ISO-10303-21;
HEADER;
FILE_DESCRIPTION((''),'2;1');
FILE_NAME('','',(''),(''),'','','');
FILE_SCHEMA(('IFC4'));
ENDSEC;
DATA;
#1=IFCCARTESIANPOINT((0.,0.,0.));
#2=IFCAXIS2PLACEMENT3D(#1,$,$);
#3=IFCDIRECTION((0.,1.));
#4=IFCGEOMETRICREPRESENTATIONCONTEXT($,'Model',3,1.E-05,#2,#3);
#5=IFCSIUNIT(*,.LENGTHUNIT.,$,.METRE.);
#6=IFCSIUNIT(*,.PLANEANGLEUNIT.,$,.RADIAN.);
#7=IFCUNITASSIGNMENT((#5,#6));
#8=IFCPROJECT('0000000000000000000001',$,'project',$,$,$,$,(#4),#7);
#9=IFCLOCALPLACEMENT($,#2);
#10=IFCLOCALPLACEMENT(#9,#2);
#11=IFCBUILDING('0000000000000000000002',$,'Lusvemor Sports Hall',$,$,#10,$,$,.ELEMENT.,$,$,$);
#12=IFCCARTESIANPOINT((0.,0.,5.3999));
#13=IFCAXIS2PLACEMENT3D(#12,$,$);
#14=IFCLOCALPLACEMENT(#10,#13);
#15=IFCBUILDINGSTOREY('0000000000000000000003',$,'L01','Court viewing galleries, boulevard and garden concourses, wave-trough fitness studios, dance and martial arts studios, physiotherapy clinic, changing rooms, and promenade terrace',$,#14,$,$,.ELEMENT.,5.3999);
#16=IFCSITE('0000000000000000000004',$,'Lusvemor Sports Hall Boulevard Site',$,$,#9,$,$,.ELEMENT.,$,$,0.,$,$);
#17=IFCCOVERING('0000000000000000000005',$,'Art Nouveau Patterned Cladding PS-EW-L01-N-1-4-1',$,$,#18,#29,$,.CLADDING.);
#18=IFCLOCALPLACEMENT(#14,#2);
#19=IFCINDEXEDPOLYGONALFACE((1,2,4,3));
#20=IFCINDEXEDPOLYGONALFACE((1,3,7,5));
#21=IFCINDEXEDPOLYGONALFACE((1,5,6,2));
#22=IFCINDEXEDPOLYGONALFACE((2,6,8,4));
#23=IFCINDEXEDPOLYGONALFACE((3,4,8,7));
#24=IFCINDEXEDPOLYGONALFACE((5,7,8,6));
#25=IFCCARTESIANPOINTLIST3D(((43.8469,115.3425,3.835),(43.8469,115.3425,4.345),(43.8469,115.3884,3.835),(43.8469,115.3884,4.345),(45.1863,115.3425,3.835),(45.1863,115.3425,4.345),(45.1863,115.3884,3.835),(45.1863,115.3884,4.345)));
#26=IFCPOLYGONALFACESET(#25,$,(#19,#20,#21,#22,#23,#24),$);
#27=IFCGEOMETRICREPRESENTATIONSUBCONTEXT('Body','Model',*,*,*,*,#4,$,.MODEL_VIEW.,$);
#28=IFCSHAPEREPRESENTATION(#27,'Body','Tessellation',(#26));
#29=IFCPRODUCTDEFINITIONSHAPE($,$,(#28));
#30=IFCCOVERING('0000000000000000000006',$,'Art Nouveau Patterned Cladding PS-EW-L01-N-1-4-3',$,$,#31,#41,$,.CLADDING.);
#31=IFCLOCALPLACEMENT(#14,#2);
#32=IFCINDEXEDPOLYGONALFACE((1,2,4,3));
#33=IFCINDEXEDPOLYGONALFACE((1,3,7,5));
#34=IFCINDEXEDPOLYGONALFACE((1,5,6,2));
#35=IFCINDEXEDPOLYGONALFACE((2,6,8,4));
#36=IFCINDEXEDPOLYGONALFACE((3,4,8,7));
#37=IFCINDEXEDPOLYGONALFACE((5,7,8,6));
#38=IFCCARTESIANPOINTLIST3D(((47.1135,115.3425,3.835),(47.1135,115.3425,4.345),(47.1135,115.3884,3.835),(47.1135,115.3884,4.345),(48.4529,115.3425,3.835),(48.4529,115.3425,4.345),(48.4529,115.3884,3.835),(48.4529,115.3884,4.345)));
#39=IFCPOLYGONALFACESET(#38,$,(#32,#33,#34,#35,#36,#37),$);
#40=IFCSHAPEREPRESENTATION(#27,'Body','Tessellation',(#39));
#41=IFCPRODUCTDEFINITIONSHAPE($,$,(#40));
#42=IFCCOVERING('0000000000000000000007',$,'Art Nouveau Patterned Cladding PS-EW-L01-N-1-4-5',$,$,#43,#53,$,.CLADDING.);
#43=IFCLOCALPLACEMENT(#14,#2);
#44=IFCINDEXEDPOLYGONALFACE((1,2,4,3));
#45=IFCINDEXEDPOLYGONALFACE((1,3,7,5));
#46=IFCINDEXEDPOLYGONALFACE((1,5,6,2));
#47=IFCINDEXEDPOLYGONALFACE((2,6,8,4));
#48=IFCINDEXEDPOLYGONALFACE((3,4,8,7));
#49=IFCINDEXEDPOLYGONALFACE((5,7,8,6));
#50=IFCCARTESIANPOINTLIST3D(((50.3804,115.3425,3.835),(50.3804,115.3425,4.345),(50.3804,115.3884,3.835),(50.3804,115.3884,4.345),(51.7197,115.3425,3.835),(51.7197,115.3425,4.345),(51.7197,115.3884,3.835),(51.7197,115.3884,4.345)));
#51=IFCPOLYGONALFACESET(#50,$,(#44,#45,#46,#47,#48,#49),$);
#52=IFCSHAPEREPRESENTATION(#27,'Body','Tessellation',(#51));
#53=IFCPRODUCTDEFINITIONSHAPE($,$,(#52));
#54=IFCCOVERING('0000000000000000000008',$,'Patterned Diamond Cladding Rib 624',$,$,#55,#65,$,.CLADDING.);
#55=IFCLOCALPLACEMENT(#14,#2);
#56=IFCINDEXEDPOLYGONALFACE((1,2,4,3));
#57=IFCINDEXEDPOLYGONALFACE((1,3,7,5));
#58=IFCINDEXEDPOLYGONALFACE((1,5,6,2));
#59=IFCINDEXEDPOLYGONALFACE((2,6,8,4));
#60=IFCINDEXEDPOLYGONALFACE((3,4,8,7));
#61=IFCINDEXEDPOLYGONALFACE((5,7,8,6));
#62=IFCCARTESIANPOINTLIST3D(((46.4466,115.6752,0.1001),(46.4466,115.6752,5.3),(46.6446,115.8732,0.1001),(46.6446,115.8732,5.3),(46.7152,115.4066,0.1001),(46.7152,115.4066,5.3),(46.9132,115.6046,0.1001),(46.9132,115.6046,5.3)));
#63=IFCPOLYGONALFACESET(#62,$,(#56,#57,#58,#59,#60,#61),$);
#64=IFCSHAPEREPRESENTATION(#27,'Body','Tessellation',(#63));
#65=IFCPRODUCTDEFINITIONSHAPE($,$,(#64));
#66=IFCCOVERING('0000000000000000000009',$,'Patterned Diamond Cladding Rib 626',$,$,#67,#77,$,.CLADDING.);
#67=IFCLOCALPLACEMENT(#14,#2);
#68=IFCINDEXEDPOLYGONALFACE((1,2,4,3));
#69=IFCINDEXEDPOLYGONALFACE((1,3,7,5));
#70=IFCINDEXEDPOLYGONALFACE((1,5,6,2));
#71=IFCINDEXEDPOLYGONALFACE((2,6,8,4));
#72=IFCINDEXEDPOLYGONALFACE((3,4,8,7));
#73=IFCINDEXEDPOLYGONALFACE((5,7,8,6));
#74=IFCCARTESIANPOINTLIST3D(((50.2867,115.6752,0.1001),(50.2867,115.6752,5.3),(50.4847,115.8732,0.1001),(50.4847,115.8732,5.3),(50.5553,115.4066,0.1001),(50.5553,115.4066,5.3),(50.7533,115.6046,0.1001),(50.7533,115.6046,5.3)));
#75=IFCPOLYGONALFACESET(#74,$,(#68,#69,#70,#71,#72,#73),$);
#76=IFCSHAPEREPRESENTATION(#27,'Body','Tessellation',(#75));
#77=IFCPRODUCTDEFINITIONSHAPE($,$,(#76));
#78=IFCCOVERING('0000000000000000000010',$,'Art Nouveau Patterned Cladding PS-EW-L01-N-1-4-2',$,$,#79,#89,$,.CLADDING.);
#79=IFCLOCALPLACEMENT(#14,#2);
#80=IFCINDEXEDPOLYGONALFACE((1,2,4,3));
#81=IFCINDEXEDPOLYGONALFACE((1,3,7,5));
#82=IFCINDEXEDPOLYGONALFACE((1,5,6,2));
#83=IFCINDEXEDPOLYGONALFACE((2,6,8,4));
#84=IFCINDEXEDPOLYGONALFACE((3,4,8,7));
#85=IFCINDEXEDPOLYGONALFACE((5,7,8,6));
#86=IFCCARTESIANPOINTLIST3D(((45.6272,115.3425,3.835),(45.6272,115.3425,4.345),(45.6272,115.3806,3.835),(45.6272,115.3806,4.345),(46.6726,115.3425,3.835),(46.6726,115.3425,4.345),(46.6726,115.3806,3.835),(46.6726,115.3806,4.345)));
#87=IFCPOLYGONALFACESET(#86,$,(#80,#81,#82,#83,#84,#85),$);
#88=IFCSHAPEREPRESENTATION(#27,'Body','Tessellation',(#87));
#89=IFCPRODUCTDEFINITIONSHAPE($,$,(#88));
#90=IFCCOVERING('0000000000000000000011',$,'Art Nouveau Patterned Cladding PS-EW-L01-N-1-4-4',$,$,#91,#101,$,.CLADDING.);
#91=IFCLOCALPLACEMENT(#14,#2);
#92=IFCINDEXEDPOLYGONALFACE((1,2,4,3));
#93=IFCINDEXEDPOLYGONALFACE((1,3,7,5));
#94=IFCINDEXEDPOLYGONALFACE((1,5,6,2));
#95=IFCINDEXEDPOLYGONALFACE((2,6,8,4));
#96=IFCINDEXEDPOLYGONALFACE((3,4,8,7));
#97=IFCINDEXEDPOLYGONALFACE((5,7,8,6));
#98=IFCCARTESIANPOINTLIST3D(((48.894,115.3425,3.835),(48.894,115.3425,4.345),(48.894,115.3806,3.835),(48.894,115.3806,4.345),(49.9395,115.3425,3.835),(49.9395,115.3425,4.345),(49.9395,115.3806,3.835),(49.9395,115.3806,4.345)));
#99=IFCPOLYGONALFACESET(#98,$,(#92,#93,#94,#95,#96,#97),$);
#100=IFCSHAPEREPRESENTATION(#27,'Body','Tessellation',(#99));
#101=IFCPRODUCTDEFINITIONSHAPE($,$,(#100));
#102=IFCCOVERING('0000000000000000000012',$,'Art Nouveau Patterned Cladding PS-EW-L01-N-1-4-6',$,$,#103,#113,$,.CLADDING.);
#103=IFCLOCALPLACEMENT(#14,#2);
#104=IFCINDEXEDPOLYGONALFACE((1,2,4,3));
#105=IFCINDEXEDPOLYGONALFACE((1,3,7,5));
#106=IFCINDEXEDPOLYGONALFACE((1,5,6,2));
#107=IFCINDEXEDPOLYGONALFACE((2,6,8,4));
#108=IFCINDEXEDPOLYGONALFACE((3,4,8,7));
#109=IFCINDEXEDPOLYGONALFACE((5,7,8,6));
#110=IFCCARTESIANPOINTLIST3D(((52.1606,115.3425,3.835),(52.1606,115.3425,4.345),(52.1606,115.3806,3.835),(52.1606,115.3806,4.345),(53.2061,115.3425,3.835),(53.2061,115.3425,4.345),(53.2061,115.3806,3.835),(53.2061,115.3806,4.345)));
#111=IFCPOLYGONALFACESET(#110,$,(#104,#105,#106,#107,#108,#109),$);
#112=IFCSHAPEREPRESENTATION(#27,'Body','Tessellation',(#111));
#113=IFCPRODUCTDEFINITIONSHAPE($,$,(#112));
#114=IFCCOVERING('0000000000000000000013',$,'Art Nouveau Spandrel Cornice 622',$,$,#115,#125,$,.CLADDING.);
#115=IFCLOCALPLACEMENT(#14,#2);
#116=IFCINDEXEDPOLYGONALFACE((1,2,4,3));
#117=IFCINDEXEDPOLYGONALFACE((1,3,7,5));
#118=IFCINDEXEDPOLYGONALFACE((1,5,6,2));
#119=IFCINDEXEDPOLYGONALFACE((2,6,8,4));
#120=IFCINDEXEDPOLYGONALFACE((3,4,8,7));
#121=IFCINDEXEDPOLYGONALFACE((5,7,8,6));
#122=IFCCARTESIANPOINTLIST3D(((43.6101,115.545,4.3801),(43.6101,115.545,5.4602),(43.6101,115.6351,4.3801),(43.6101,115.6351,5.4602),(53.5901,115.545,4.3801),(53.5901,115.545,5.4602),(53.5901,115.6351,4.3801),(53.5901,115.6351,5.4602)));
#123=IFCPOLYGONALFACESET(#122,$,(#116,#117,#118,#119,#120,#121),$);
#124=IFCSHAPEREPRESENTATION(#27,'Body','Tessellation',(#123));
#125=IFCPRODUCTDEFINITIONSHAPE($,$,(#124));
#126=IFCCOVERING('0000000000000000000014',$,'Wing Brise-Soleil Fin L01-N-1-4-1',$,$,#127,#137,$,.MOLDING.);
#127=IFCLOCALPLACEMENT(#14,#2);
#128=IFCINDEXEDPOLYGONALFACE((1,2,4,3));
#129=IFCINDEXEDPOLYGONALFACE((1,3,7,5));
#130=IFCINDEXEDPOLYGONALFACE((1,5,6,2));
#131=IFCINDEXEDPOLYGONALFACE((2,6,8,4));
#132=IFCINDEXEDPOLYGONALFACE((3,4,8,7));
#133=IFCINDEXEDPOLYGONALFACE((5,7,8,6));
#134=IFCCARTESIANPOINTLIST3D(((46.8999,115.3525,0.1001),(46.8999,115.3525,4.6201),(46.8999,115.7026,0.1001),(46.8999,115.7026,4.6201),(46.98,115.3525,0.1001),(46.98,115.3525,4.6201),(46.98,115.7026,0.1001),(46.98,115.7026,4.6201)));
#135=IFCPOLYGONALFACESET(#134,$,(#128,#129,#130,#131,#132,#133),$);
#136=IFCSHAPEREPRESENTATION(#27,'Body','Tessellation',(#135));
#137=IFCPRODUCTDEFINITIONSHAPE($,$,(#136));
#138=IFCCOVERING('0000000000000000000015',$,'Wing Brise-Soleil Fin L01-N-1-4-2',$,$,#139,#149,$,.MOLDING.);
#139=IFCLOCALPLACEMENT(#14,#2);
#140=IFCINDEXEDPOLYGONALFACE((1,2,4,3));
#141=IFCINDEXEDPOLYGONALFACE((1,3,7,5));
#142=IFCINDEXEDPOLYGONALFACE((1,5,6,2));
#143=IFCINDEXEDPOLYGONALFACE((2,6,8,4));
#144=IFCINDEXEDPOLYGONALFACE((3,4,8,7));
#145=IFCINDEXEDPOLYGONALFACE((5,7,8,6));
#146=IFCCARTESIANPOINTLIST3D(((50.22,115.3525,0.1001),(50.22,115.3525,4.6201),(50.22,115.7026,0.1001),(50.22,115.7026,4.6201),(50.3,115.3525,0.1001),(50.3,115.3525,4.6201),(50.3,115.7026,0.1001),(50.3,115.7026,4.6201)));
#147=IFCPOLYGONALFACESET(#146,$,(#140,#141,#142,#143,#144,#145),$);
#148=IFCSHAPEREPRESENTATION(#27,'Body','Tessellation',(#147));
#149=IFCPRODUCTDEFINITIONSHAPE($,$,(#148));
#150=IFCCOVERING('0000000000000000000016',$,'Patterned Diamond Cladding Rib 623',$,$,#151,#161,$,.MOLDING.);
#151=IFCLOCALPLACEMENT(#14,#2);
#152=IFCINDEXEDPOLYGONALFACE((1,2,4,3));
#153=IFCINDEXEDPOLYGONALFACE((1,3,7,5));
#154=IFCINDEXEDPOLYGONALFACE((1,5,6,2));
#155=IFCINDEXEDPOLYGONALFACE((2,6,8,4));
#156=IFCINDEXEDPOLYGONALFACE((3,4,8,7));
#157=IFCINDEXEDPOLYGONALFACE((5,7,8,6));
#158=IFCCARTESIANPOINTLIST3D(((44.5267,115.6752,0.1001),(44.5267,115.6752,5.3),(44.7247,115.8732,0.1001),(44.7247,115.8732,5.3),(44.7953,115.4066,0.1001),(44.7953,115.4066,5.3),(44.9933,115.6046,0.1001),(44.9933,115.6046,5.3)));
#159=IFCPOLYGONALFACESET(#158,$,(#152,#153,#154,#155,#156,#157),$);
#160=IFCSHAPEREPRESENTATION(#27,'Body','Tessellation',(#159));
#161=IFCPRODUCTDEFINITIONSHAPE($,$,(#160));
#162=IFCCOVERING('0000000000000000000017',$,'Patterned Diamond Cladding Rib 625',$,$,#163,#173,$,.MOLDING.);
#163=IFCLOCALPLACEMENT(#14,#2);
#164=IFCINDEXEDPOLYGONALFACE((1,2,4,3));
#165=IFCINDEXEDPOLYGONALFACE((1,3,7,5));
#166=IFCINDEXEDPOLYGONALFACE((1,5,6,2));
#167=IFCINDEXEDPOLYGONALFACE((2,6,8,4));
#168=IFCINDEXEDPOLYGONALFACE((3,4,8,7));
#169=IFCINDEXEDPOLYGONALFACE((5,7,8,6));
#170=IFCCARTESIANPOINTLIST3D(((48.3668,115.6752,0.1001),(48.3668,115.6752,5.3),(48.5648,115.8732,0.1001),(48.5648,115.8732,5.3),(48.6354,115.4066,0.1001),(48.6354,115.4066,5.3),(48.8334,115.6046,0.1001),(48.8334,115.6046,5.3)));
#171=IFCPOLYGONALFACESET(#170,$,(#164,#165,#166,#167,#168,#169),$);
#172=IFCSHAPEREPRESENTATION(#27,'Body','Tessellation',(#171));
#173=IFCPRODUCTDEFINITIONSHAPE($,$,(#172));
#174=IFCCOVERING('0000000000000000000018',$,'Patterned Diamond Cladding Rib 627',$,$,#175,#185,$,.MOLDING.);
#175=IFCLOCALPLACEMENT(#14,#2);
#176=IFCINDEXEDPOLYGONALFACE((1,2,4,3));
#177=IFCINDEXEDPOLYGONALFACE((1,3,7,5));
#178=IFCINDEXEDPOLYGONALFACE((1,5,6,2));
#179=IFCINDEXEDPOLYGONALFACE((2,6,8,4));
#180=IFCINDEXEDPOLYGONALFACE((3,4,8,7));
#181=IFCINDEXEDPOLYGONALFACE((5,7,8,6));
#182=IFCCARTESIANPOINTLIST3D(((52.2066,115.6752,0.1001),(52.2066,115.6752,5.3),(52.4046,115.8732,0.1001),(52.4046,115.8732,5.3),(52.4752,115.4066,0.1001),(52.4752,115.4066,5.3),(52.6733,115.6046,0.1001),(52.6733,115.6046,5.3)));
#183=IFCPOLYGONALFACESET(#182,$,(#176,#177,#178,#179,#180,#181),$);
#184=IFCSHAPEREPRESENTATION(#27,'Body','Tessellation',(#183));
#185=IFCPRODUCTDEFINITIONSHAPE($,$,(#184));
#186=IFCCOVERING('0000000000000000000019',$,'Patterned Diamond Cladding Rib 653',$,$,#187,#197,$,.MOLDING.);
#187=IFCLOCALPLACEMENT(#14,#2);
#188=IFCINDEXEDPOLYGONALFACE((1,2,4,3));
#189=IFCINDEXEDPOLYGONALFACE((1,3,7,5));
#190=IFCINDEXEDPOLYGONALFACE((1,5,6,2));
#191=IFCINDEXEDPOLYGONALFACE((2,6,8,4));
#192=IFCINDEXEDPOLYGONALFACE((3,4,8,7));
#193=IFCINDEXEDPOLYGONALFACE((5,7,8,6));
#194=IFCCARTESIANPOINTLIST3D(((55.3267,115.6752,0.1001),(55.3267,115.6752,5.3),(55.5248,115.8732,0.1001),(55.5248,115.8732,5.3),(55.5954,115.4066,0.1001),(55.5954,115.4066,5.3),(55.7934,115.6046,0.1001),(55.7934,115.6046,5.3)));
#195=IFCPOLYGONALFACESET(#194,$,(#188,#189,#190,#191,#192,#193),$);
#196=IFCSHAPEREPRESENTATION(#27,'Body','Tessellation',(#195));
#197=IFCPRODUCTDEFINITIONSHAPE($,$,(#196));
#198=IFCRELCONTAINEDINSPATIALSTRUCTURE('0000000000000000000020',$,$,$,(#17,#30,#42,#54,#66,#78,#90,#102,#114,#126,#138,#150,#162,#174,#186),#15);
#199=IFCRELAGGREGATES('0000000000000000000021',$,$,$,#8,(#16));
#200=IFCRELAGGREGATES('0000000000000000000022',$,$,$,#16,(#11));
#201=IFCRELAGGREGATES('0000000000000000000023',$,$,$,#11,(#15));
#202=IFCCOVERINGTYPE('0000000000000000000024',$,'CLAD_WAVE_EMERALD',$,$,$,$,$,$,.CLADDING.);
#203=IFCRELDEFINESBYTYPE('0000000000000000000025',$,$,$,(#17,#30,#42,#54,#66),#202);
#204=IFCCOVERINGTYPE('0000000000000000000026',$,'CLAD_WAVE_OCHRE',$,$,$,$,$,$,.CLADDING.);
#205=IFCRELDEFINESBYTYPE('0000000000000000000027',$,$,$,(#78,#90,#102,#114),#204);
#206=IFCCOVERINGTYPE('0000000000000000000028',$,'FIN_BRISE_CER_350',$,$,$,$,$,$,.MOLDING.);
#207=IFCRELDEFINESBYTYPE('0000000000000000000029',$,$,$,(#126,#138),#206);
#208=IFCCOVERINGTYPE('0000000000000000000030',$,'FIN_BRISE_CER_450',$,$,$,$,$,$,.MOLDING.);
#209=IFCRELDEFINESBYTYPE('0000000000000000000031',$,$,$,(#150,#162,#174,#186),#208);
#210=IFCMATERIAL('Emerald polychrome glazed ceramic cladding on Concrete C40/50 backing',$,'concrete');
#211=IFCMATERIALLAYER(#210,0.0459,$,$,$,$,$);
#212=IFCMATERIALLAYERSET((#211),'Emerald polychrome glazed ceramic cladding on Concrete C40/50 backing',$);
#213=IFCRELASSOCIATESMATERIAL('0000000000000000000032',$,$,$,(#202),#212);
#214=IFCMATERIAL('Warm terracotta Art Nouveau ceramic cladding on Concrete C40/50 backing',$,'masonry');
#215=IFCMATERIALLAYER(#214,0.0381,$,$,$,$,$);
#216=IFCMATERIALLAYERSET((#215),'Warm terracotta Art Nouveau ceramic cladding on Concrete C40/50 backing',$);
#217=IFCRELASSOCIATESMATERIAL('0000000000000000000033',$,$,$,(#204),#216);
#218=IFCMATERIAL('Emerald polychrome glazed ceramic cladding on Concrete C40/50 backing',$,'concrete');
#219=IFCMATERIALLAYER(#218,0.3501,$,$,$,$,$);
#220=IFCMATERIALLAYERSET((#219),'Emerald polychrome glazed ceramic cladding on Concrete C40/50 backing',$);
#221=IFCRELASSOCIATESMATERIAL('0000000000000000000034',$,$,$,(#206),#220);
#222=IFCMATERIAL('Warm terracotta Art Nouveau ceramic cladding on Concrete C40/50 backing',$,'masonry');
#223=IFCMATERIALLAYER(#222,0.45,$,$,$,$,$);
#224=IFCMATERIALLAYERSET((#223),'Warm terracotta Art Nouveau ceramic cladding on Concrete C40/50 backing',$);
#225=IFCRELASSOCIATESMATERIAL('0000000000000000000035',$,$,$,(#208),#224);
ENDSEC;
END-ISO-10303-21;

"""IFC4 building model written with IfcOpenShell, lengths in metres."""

from ifc_helpers import new_model, si_unit, direction, frame, origin, origin_2d, place, context, subcontext, project, spatial, rectangle, extrude, material, layer, layer_set, type_object, element, save


model = new_model("IFC4")

# Units and contexts
model_context = context("Model", 3, precision=1e-05, world=origin(), true_north=direction((0.0, 1.0)))
body_context = subcontext(model_context, "Body", "Model", "MODEL_VIEW")
ifc_project = project(units=[si_unit("LENGTHUNIT", "METRE"), si_unit("PLANEANGLEUNIT", "RADIAN")], contexts=[model_context])

# Site, building, storey
site_placement = place(None, origin())
site = spatial("IfcSite", under=ifc_project, at=site_placement, Name="Lusvemor Sports Hall Boulevard Site", CompositionType="ELEMENT", RefElevation=0.0)
building_placement = place(site_placement, origin())
building = spatial("IfcBuilding", under=site, at=building_placement, Name="Lusvemor Sports Hall", CompositionType="ELEMENT")
storey_placement = place(building_placement, frame((0.0, 0.0, 5.3999)))
storey = spatial("IfcBuildingStorey", under=building, at=storey_placement, Name="L01", Description="Court viewing galleries, boulevard and garden concourses, wave-trough fitness studios, dance and martial arts studios, physiotherapy clinic, changing rooms, and promenade terrace", CompositionType="ELEMENT", Elevation=5.3999)

# Coverings
ifc_material_1 = material(Name="Emerald polychrome glazed ceramic cladding on Concrete C40/50 backing", Category="concrete")
ifc_layer_1 = layer(ifc_material_1, 0.0459)
ifc_layer_set_1 = layer_set([ifc_layer_1], Name="Emerald polychrome glazed ceramic cladding on Concrete C40/50 backing")
covering_type_1 = type_object("IfcCoveringType", Name="CLAD_WAVE_EMERALD", PredefinedType="CLADDING", material=ifc_layer_set_1)
for number, where, z_axis, x_axis, name in (
    (1, (44.5166, 115.3655, 3.835), (0.0, 0.0, 1.0), (1.0, 0.0, 0.0), "Art Nouveau Patterned Cladding PS-EW-L01-N-1-4-1"),
    (2, (47.7832, 115.3655, 3.835), (0.0, 0.0, 1.0), (1.0, 0.0, 0.0), "Art Nouveau Patterned Cladding PS-EW-L01-N-1-4-3"),
    (3, (51.05, 115.3655, 3.835), (0.0, 0.0, 1.0), (1.0, 0.0, 0.0), "Art Nouveau Patterned Cladding PS-EW-L01-N-1-4-5"),
):
    element("IfcCovering", number, at=place(storey_placement, frame(where, z_axis=z_axis, x_axis=x_axis)), inside=storey, type_object=covering_type_1, Name=name, PredefinedType="CLADDING", context=body_context, shape_type="SweptSolid", body=[
        extrude(rectangle(XDim=1.3394, YDim=0.0459, at=origin_2d()), origin(), (0.0, 0.0, 1.0), 0.51),
    ])
for number, where, z_axis, x_axis, name in (
    (4, (46.6799, 115.6399, 0.1001), (0.0, 0.0, 1.0), (0.707107, 0.707107, 0.0), "Patterned Diamond Cladding Rib 624"),
    (5, (50.52, 115.6399, 0.1001), (0.0, 0.0, 1.0), (0.707107, 0.707107, 0.0), "Patterned Diamond Cladding Rib 626"),
):
    element("IfcCovering", number, at=place(storey_placement, frame(where, z_axis=z_axis, x_axis=x_axis)), inside=storey, type_object=covering_type_1, Name=name, PredefinedType="CLADDING", context=body_context, shape_type="SweptSolid", body=[
        extrude(rectangle(XDim=0.28, YDim=0.3799, at=origin_2d()), origin(), (0.0, 0.0, 1.0), 5.2),
    ])
ifc_material_2 = material(Name="Warm terracotta Art Nouveau ceramic cladding on Concrete C40/50 backing", Category="masonry")
ifc_layer_2 = layer(ifc_material_2, 0.0381)
ifc_layer_set_2 = layer_set([ifc_layer_2], Name="Warm terracotta Art Nouveau ceramic cladding on Concrete C40/50 backing")
covering_type_2 = type_object("IfcCoveringType", Name="CLAD_WAVE_OCHRE", PredefinedType="CLADDING", material=ifc_layer_set_2)
for number, where, z_axis, x_axis, name in (
    (6, (46.1499, 115.3616, 3.835), (0.0, 0.0, 1.0), (1.0, 0.0, 0.0), "Art Nouveau Patterned Cladding PS-EW-L01-N-1-4-2"),
    (7, (49.4167, 115.3616, 3.835), (0.0, 0.0, 1.0), (1.0, 0.0, 0.0), "Art Nouveau Patterned Cladding PS-EW-L01-N-1-4-4"),
    (8, (52.6833, 115.3616, 3.835), (0.0, 0.0, 1.0), (1.0, 0.0, 0.0), "Art Nouveau Patterned Cladding PS-EW-L01-N-1-4-6"),
):
    element("IfcCovering", number, at=place(storey_placement, frame(where, z_axis=z_axis, x_axis=x_axis)), inside=storey, type_object=covering_type_2, Name=name, PredefinedType="CLADDING", context=body_context, shape_type="SweptSolid", body=[
        extrude(rectangle(XDim=1.0454, YDim=0.0381, at=origin_2d()), origin(), (0.0, 0.0, 1.0), 0.51),
    ])
covering_placement = place(storey_placement, frame((48.6001, 115.5901, 4.3801), z_axis=(0.0, 0.0, 1.0), x_axis=(1.0, 0.0, 0.0)))
element("IfcCovering", 9, at=covering_placement, inside=storey, type_object=covering_type_2, Name="Art Nouveau Spandrel Cornice 622", PredefinedType="CLADDING", context=body_context, shape_type="SweptSolid", body=[
    extrude(rectangle(XDim=9.98, YDim=0.0901, at=origin_2d()), origin(), (0.0, 0.0, 1.0), 1.0801),
])
ifc_material_3 = material(Name="Emerald polychrome glazed ceramic cladding on Concrete C40/50 backing", Category="concrete")
ifc_layer_3 = layer(ifc_material_3, 0.3501)
ifc_layer_set_3 = layer_set([ifc_layer_3], Name="Emerald polychrome glazed ceramic cladding on Concrete C40/50 backing")
covering_type_3 = type_object("IfcCoveringType", Name="FIN_BRISE_CER_350", PredefinedType="MOLDING", material=ifc_layer_set_3)
for number, where, z_axis, x_axis, name in (
    (10, (46.9399, 115.5276, 0.1001), (0.0, 0.0, 1.0), (1.0, 0.0, 0.0), "Wing Brise-Soleil Fin L01-N-1-4-1"),
    (11, (50.26, 115.5276, 0.1001), (0.0, 0.0, 1.0), (1.0, 0.0, 0.0), "Wing Brise-Soleil Fin L01-N-1-4-2"),
):
    element("IfcCovering", number, at=place(storey_placement, frame(where, z_axis=z_axis, x_axis=x_axis)), inside=storey, type_object=covering_type_3, Name=name, PredefinedType="MOLDING", context=body_context, shape_type="SweptSolid", body=[
        extrude(rectangle(XDim=0.0801, YDim=0.3501, at=origin_2d()), origin(), (0.0, 0.0, 1.0), 4.52),
    ])
ifc_material_4 = material(Name="Warm terracotta Art Nouveau ceramic cladding on Concrete C40/50 backing", Category="masonry")
ifc_layer_4 = layer(ifc_material_4, 0.45)
ifc_layer_set_4 = layer_set([ifc_layer_4], Name="Warm terracotta Art Nouveau ceramic cladding on Concrete C40/50 backing")
covering_type_4 = type_object("IfcCoveringType", Name="FIN_BRISE_CER_450", PredefinedType="MOLDING", material=ifc_layer_set_4)
for number, where, z_axis, x_axis, name in (
    (12, (44.76, 115.6399, 0.1001), (0.0, 0.0, 1.0), (0.707107, 0.707107, 0.0), "Patterned Diamond Cladding Rib 623"),
    (13, (48.6001, 115.6399, 0.1001), (0.0, 0.0, 1.0), (0.707107, 0.707107, 0.0), "Patterned Diamond Cladding Rib 625"),
    (14, (52.4399, 115.6399, 0.1001), (0.0, 0.0, 1.0), (0.707107, 0.707107, 0.0), "Patterned Diamond Cladding Rib 627"),
    (15, (55.5601, 115.6399, 0.1001), (0.0, 0.0, 1.0), (0.707107, 0.707107, 0.0), "Patterned Diamond Cladding Rib 653"),
):
    element("IfcCovering", number, at=place(storey_placement, frame(where, z_axis=z_axis, x_axis=x_axis)), inside=storey, type_object=covering_type_4, Name=name, PredefinedType="MOLDING", context=body_context, shape_type="SweptSolid", body=[
        extrude(rectangle(XDim=0.28, YDim=0.3799, at=origin_2d()), origin(), (0.0, 0.0, 1.0), 5.2),
    ])

save(model, "model.ifc")
